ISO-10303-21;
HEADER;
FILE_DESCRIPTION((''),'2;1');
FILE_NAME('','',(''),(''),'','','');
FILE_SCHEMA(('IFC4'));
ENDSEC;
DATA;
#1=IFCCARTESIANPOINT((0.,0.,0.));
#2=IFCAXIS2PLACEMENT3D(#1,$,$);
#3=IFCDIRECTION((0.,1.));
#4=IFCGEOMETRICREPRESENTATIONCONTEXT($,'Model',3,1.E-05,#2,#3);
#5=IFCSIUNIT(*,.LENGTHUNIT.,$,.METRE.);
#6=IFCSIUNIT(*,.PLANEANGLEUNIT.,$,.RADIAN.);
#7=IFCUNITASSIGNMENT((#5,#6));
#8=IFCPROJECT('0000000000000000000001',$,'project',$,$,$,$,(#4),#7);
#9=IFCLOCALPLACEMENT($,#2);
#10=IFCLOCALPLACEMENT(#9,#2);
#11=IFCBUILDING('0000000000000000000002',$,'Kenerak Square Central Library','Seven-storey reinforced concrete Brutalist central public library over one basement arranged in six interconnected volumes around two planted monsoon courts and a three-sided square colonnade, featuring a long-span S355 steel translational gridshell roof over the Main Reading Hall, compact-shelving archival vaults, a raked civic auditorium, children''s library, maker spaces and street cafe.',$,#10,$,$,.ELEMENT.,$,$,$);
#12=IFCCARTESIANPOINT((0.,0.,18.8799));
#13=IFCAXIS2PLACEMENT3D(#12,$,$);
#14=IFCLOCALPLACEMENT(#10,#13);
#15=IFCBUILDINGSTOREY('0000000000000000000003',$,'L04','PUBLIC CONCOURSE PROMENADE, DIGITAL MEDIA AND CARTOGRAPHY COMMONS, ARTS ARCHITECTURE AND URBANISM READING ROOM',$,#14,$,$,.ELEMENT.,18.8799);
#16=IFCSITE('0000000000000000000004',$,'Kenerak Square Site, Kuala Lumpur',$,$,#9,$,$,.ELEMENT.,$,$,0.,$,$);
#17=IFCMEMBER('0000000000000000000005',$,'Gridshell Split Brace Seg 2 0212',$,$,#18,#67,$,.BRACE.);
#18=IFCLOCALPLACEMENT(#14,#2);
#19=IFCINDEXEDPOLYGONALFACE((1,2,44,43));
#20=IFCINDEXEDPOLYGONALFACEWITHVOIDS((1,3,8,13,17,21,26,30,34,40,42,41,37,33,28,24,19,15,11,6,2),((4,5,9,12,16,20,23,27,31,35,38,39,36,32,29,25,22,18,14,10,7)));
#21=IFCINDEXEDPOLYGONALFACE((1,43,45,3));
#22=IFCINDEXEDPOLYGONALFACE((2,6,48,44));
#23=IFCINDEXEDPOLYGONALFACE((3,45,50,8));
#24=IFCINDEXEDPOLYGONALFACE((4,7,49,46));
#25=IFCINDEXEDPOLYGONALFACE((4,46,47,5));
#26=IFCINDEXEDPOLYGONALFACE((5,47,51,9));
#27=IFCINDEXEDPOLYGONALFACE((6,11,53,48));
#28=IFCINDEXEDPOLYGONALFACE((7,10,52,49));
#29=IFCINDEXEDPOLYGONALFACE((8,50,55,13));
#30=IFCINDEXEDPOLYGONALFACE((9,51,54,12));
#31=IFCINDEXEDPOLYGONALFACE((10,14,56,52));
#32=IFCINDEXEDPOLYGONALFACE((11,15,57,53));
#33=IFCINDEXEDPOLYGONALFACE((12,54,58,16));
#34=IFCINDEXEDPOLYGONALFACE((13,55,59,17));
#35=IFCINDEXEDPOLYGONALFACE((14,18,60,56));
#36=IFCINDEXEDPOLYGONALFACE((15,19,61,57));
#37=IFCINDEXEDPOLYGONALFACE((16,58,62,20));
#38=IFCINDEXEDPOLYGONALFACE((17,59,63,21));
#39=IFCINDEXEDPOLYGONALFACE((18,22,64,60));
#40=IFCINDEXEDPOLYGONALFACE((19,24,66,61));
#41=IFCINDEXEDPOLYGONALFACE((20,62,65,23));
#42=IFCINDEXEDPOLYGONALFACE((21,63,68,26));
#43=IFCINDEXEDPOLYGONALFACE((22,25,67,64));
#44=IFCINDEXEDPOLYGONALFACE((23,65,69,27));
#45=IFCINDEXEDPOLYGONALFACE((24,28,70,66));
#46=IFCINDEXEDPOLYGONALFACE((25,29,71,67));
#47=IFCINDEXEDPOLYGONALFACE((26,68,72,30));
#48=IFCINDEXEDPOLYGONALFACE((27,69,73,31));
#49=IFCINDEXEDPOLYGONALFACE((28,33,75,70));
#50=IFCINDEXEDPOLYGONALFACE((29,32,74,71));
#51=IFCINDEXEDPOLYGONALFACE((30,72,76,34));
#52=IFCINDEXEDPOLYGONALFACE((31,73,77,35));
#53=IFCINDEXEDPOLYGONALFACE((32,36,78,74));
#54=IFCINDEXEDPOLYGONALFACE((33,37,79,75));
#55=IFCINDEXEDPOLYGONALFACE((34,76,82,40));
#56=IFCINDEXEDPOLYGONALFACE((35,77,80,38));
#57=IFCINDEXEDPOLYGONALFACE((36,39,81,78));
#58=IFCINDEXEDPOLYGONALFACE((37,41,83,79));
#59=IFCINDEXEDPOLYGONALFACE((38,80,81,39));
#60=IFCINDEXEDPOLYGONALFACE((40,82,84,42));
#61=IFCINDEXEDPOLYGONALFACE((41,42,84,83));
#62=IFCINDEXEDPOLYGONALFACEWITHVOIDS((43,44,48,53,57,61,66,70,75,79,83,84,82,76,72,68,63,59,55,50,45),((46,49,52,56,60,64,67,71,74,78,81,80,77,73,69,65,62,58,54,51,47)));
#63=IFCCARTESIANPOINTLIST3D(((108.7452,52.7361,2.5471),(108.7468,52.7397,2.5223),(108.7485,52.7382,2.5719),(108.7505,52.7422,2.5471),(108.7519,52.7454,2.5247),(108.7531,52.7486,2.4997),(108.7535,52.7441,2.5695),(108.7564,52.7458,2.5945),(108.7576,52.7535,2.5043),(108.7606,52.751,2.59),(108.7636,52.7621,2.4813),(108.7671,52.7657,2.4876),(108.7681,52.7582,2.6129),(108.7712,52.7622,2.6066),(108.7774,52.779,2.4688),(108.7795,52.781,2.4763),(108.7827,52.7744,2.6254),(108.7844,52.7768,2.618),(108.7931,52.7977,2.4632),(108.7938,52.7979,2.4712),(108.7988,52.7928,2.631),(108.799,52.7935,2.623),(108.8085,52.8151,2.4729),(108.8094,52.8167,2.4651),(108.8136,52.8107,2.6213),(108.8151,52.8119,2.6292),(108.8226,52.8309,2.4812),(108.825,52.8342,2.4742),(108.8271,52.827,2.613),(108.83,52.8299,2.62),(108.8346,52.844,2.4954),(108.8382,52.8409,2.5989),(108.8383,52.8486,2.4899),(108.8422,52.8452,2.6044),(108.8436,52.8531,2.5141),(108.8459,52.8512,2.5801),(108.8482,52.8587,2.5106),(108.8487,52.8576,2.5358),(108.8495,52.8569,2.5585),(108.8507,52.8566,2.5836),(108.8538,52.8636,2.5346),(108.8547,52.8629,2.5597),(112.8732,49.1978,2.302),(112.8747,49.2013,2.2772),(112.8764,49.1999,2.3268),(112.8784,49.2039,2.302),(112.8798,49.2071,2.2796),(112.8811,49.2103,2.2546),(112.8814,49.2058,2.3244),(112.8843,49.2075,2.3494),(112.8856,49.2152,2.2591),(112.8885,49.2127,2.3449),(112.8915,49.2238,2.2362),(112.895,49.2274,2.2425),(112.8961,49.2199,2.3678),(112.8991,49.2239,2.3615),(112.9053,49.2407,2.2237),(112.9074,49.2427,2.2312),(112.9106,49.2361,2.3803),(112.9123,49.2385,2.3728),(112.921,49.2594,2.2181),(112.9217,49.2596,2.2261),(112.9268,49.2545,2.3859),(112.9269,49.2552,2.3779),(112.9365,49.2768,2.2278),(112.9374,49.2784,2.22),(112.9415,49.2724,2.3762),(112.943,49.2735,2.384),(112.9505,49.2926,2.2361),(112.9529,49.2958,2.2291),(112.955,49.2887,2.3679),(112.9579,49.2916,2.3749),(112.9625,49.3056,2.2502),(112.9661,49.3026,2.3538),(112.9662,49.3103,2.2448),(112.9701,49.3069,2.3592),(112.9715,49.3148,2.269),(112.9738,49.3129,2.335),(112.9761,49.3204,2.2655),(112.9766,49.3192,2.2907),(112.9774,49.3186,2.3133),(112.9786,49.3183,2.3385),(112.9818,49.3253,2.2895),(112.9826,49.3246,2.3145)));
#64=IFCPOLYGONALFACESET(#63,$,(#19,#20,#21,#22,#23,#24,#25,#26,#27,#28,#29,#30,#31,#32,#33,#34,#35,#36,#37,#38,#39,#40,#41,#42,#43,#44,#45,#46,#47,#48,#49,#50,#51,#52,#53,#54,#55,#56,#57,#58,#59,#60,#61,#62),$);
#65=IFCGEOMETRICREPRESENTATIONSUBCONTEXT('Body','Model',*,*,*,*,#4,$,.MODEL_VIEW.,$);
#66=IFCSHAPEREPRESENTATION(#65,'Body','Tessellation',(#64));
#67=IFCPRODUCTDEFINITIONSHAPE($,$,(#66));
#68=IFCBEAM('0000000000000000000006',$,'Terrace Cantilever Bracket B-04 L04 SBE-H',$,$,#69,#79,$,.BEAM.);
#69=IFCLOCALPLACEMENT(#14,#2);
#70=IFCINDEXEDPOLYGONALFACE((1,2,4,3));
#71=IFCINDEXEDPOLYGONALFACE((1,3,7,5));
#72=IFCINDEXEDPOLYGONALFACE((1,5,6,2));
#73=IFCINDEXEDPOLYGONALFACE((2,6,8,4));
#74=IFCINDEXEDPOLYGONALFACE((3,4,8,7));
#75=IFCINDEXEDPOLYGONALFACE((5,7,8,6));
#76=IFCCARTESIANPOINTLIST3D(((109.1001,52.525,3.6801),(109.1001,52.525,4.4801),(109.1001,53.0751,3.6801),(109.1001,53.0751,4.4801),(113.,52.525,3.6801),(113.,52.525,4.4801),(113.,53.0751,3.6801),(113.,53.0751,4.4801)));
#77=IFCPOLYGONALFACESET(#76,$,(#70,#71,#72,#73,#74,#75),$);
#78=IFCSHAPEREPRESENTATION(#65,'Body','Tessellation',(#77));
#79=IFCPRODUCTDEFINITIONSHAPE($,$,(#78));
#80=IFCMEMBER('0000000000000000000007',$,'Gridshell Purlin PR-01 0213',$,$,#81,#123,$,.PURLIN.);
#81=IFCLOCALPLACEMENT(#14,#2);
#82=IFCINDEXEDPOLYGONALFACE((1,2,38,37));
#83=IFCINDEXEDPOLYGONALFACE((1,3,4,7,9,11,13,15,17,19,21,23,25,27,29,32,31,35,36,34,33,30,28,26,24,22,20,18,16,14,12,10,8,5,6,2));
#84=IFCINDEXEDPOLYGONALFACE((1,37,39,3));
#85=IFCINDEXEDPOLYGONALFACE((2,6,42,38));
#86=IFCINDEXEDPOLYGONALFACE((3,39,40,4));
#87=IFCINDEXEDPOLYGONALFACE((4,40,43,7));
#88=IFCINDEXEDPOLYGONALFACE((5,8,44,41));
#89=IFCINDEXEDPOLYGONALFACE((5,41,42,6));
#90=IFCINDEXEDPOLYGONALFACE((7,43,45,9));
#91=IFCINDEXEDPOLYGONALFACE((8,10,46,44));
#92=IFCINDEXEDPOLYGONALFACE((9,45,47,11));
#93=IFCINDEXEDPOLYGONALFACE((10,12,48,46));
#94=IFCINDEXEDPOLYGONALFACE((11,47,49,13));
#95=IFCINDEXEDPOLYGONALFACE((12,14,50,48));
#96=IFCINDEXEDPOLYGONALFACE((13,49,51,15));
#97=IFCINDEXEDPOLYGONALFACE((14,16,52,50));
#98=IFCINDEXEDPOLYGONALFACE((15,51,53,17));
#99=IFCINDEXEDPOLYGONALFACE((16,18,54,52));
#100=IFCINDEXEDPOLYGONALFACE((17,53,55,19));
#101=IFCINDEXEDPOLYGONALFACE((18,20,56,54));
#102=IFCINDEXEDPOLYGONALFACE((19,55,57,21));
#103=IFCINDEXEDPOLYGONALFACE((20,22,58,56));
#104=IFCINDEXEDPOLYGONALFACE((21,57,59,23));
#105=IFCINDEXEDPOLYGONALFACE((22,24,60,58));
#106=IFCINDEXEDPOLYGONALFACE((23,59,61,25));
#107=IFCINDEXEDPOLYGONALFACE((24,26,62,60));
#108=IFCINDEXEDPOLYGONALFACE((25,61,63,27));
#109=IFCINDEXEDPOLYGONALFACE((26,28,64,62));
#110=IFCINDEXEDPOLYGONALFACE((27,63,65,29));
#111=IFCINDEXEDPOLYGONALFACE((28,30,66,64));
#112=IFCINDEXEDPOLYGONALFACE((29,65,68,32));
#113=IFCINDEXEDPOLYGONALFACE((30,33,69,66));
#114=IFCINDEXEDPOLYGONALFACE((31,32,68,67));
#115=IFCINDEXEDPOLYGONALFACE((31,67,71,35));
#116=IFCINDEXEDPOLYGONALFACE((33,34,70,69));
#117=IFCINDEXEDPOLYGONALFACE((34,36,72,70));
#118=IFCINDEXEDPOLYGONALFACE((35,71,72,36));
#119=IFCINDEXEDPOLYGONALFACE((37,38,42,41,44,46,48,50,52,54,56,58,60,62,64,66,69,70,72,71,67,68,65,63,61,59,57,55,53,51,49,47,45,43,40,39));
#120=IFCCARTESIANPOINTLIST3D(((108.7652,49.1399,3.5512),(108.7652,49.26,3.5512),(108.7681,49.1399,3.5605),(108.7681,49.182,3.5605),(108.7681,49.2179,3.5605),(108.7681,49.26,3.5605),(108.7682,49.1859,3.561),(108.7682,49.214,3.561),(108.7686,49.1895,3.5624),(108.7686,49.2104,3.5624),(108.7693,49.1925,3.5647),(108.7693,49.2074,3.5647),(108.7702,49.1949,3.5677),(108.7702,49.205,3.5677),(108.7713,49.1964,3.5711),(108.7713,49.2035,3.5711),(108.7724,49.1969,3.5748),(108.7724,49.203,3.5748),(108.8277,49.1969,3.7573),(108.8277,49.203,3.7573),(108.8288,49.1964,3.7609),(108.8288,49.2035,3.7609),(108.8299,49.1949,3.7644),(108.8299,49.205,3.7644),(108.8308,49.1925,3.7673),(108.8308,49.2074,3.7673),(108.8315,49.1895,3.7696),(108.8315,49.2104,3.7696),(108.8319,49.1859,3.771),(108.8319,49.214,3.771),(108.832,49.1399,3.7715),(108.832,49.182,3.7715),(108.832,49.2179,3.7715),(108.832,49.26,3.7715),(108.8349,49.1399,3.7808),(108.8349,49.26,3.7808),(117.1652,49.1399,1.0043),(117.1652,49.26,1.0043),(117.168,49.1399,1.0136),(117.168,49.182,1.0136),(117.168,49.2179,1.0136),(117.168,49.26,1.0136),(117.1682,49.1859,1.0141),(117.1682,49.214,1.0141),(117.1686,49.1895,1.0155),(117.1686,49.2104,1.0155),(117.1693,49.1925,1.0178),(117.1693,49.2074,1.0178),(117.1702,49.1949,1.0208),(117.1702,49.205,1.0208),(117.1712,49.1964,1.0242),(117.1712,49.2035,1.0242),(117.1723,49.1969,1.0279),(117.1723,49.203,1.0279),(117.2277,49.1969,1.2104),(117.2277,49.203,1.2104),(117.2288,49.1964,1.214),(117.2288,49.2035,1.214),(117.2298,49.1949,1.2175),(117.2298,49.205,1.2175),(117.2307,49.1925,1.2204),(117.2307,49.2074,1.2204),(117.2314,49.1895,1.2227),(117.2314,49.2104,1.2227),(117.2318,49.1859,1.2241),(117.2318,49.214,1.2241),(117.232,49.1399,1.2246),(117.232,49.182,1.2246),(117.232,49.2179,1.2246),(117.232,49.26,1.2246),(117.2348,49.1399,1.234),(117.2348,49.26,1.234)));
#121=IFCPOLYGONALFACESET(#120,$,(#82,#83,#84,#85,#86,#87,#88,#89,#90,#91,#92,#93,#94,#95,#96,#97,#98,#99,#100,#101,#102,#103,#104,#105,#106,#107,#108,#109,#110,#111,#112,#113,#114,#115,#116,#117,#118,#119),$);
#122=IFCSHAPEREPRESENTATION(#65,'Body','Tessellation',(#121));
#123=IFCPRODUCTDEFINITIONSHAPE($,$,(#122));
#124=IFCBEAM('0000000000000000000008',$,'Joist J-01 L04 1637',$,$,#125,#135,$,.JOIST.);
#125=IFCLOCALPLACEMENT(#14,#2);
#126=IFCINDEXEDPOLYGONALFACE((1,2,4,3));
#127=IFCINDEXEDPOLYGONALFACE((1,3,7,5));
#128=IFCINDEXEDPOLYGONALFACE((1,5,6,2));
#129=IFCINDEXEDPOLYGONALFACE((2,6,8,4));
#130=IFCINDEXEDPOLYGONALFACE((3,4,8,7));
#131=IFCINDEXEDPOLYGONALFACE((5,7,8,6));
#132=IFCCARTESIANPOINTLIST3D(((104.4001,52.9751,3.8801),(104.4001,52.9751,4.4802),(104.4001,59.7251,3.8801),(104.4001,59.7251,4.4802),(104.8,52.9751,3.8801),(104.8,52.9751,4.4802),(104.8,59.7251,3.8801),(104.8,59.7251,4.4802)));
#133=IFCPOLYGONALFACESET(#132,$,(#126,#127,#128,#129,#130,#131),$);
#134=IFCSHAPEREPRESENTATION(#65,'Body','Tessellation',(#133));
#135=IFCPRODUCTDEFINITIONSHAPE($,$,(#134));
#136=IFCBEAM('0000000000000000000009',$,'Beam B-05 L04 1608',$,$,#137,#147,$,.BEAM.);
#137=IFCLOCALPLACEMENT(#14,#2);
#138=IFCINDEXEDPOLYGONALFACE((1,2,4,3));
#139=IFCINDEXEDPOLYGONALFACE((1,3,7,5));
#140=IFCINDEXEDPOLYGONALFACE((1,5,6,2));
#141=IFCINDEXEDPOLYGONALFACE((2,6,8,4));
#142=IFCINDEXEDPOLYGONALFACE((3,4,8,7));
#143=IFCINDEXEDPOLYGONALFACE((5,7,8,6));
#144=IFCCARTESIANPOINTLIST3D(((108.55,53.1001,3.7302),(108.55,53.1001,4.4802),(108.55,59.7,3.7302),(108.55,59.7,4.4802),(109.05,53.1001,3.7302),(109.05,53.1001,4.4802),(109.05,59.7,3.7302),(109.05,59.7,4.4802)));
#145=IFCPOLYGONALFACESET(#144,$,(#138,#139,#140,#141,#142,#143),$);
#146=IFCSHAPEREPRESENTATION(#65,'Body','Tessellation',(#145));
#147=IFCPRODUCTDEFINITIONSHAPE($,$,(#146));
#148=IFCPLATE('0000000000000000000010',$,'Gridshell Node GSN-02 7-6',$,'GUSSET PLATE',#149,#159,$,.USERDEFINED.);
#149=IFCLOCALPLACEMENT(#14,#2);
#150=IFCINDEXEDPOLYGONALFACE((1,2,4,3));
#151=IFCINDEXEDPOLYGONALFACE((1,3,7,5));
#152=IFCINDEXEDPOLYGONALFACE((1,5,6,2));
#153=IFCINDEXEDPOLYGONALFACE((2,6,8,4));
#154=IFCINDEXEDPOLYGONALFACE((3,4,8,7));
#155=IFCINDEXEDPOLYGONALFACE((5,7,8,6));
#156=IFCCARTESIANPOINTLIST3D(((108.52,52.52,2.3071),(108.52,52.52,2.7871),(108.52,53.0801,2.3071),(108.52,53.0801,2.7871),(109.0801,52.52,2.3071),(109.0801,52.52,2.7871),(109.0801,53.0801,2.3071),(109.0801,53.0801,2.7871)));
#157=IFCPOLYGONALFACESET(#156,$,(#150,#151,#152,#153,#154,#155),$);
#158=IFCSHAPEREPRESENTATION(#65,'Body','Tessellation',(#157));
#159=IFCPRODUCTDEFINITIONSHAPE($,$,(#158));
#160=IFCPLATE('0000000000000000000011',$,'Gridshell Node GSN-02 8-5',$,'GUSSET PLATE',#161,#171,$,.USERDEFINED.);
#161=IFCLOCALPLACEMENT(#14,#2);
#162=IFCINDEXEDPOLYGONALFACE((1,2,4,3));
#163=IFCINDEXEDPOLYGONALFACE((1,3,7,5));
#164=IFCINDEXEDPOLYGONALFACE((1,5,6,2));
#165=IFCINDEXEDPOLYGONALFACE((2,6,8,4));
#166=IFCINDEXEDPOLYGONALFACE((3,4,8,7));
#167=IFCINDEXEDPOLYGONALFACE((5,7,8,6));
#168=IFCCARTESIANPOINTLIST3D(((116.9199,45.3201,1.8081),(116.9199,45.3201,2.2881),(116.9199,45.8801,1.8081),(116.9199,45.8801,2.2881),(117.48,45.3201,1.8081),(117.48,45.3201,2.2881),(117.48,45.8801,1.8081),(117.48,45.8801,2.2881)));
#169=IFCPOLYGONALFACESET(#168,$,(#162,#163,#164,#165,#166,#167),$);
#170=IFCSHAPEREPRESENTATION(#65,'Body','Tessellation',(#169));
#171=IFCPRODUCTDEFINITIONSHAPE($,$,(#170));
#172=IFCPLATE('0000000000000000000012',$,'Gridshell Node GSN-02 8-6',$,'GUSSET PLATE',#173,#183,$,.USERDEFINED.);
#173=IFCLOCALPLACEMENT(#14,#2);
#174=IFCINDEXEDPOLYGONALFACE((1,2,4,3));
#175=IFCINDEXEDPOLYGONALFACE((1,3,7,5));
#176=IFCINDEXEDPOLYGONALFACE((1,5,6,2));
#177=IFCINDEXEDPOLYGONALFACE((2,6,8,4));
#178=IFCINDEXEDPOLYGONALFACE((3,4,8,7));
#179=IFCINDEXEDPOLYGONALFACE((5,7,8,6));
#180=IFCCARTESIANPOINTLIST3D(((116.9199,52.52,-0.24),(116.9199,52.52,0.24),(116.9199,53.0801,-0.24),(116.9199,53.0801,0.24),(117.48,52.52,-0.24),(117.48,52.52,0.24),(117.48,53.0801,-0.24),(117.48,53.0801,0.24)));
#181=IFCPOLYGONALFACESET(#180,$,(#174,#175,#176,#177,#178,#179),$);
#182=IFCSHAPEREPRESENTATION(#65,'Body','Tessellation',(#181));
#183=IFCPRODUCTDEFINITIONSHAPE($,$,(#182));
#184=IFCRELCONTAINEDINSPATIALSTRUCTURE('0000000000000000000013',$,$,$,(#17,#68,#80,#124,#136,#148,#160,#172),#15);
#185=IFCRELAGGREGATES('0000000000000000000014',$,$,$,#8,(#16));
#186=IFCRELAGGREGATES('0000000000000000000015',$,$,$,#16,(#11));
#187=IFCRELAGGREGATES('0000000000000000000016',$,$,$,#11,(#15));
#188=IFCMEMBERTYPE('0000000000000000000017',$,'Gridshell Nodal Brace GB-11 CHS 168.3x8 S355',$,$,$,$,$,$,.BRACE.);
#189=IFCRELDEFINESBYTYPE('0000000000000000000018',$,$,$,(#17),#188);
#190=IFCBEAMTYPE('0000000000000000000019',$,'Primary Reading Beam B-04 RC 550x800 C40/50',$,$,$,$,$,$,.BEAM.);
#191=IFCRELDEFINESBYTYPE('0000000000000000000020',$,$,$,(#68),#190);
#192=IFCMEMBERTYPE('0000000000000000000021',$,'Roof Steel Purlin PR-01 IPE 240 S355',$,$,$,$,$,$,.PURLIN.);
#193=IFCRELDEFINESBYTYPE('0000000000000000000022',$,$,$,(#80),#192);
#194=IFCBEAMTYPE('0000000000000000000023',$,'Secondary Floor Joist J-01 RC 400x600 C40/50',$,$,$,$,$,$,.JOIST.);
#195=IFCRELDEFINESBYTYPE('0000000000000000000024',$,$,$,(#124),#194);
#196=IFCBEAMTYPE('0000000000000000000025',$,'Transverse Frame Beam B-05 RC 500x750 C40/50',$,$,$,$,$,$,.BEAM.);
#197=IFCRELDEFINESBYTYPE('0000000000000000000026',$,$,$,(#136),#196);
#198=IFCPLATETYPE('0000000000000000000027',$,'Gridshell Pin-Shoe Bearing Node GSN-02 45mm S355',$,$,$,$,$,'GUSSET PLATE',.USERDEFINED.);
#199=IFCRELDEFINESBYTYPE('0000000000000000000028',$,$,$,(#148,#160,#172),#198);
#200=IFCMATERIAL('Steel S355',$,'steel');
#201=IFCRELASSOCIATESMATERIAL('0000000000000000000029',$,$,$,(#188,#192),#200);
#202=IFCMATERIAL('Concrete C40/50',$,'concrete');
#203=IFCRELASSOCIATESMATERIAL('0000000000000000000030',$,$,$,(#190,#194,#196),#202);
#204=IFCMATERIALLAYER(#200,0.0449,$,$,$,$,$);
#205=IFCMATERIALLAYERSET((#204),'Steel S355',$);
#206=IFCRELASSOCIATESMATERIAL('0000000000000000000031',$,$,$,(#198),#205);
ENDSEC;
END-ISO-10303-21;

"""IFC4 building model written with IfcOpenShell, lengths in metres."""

from ifc_helpers import new_model, si_unit, direction, frame, origin, origin_2d, place, context, subcontext, project, spatial, rectangle, hollow_circle, i_section, extrude, material, layer, layer_set, material_profile, profile_set, type_object, element, save


model = new_model("IFC4")

# Units and contexts
model_context = context("Model", 3, precision=1e-05, world=origin(), true_north=direction((0.0, 1.0)))
body_context = subcontext(model_context, "Body", "Model", "MODEL_VIEW")
ifc_project = project(units=[si_unit("LENGTHUNIT", "METRE"), si_unit("PLANEANGLEUNIT", "RADIAN")], contexts=[model_context])

# Site, building, storey
site_placement = place(None, origin())
site = spatial("IfcSite", under=ifc_project, at=site_placement, Name="Kenerak Square Site, Kuala Lumpur", CompositionType="ELEMENT", RefElevation=0.0)
building_placement = place(site_placement, origin())
building = spatial("IfcBuilding", under=site, at=building_placement, Name="Kenerak Square Central Library", Description="Seven-storey reinforced concrete Brutalist central public library over one basement arranged in six interconnected volumes around two planted monsoon courts and a three-sided square colonnade, featuring a long-span S355 steel translational gridshell roof over the Main Reading Hall, compact-shelving archival vaults, a raked civic auditorium, children's library, maker spaces and street cafe.", CompositionType="ELEMENT")
storey_placement = place(building_placement, frame((0.0, 0.0, 18.8799)))
storey = spatial("IfcBuildingStorey", under=building, at=storey_placement, Name="L04", Description="PUBLIC CONCOURSE PROMENADE, DIGITAL MEDIA AND CARTOGRAPHY COMMONS, ARTS ARCHITECTURE AND URBANISM READING ROOM", CompositionType="ELEMENT", Elevation=18.8799)

# Shared definitions
ifc_material_1 = material(Name="Concrete C40/50", Category="concrete")

# Member
ifc_material_2 = material(Name="Steel S355", Category="steel")
ifc_material_profile_1 = material_profile(ifc_material_2, hollow_circle(Radius=0.0842, WallThickness=0.0081, at=origin_2d()), Name="CHS 168.3x8.0")
ifc_profile_set_1 = profile_set([ifc_material_profile_1], Name="Steel S355")
member_type_1 = type_object("IfcMemberType", Name="Gridshell Nodal Brace GB-11 CHS 168.3x8 S355", PredefinedType="BRACE", material=ifc_profile_set_1)
member_1_placement = place(storey_placement, frame((112.928, 49.2617, 2.302), z_axis=(-0.758477, 0.650142, 0.045038), x_axis=(-0.650802, -0.759247, 0.0)))
element("IfcMember", 1, at=member_1_placement, inside=storey, type_object=member_type_1, Name="Gridshell Split Brace Seg 2 0212", PredefinedType="BRACE", context=body_context, shape_type="SweptSolid", body=[
    extrude(hollow_circle(Radius=0.0842, WallThickness=0.0081, at=origin_2d()), origin(), (0.0, 0.0, 1.0), 5.4424),
])

# Beam
ifc_material_profile_2 = material_profile(ifc_material_1, rectangle(XDim=0.55, YDim=0.8, at=origin_2d()), Name="RC 550x800")
ifc_profile_set_2 = profile_set([ifc_material_profile_2], Name="Concrete C40/50")
beam_type_1 = type_object("IfcBeamType", Name="Primary Reading Beam B-04 RC 550x800 C40/50", PredefinedType="BEAM", material=ifc_profile_set_2)
beam_1_placement = place(storey_placement, frame((109.1001, 52.8, 4.0801), z_axis=(1.0, 0.0, 0.0), x_axis=(0.0, 1.0, 0.0)))
element("IfcBeam", 2, at=beam_1_placement, inside=storey, type_object=beam_type_1, Name="Terrace Cantilever Bracket B-04 L04 SBE-H", PredefinedType="BEAM", context=body_context, shape_type="SweptSolid", body=[
    extrude(rectangle(XDim=0.55, YDim=0.8, at=origin_2d()), origin(), (0.0, 0.0, 1.0), 3.8999),
])

# Member
ifc_material_profile_3 = material_profile(ifc_material_2, i_section(OverallWidth=0.1201, OverallDepth=0.24, WebThickness=0.0061, FlangeThickness=0.0098, FilletRadius=0.0149, at=origin_2d()), Name="IPE 240")
ifc_profile_set_3 = profile_set([ifc_material_profile_3], Name="Steel S355")
member_type_2 = type_object("IfcMemberType", Name="Roof Steel Purlin PR-01 IPE 240 S355", PredefinedType="PURLIN", material=ifc_profile_set_3)
member_2_placement = place(storey_placement, frame((108.8, 49.2, 3.666), z_axis=(0.956979, 0.0, -0.290159), x_axis=(0.0, 1.0, 0.0)))
element("IfcMember", 3, at=member_2_placement, inside=storey, type_object=member_type_2, Name="Gridshell Purlin PR-01 0213", PredefinedType="PURLIN", context=body_context, shape_type="SweptSolid", body=[
    extrude(i_section(OverallWidth=0.1201, OverallDepth=0.24, WebThickness=0.0061, FlangeThickness=0.0098, FilletRadius=0.0149, at=origin_2d()), origin(), (0.0, 0.0, 1.0), 8.7776),
])

# Beams
ifc_material_profile_4 = material_profile(ifc_material_1, rectangle(XDim=0.3999, YDim=0.6001, at=origin_2d()), Name="RC 400x600")
ifc_profile_set_4 = profile_set([ifc_material_profile_4], Name="Concrete C40/50")
beam_type_2 = type_object("IfcBeamType", Name="Secondary Floor Joist J-01 RC 400x600 C40/50", PredefinedType="JOIST", material=ifc_profile_set_4)
beam_2_placement = place(storey_placement, frame((104.6001, 52.9751, 4.1802), z_axis=(0.0, 1.0, 0.0), x_axis=(-1.0, 0.0, 0.0)))
element("IfcBeam", 4, at=beam_2_placement, inside=storey, type_object=beam_type_2, Name="Joist J-01 L04 1637", PredefinedType="JOIST", context=body_context, shape_type="SweptSolid", body=[
    extrude(rectangle(XDim=0.3999, YDim=0.6001, at=origin_2d()), origin(), (0.0, 0.0, 1.0), 6.75),
])
ifc_material_profile_5 = material_profile(ifc_material_1, rectangle(XDim=0.5, YDim=0.75, at=origin_2d()), Name="RC 500x750")
ifc_profile_set_5 = profile_set([ifc_material_profile_5], Name="Concrete C40/50")
beam_type_3 = type_object("IfcBeamType", Name="Transverse Frame Beam B-05 RC 500x750 C40/50", PredefinedType="BEAM", material=ifc_profile_set_5)
beam_3_placement = place(storey_placement, frame((108.8, 53.1001, 4.1052), z_axis=(0.0, 1.0, 0.0), x_axis=(-1.0, 0.0, 0.0)))
element("IfcBeam", 5, at=beam_3_placement, inside=storey, type_object=beam_type_3, Name="Beam B-05 L04 1608", PredefinedType="BEAM", context=body_context, shape_type="SweptSolid", body=[
    extrude(rectangle(XDim=0.5, YDim=0.75, at=origin_2d()), origin(), (0.0, 0.0, 1.0), 6.5999),
])

# Plates
ifc_layer_1 = layer(ifc_material_2, 0.0449)
ifc_layer_set_1 = layer_set([ifc_layer_1], Name="Steel S355")
plate_type_1 = type_object("IfcPlateType", Name="Gridshell Pin-Shoe Bearing Node GSN-02 45mm S355", ElementType="GUSSET PLATE", PredefinedType="USERDEFINED", material=ifc_layer_set_1)
for number, where, z_axis, x_axis, name in (
    (6, (108.8, 52.8, 2.3071), (0.0, 0.0, 1.0), (1.0, 0.0, 0.0), "Gridshell Node GSN-02 7-6"),
    (7, (117.2, 45.6001, 1.8081), (0.0, 0.0, 1.0), (1.0, 0.0, 0.0), "Gridshell Node GSN-02 8-5"),
    (8, (117.2, 52.8, -0.24), (0.0, 0.0, 1.0), (1.0, 0.0, 0.0), "Gridshell Node GSN-02 8-6"),
):
    element("IfcPlate", number, at=place(storey_placement, frame(where, z_axis=z_axis, x_axis=x_axis)), inside=storey, type_object=plate_type_1, Name=name, ObjectType="GUSSET PLATE", PredefinedType="USERDEFINED", context=body_context, shape_type="SweptSolid", body=[
        extrude(rectangle(XDim=0.5601, YDim=0.5601, at=origin_2d()), origin(), (0.0, 0.0, 1.0), 0.48),
    ])

save(model, "model.ifc")
